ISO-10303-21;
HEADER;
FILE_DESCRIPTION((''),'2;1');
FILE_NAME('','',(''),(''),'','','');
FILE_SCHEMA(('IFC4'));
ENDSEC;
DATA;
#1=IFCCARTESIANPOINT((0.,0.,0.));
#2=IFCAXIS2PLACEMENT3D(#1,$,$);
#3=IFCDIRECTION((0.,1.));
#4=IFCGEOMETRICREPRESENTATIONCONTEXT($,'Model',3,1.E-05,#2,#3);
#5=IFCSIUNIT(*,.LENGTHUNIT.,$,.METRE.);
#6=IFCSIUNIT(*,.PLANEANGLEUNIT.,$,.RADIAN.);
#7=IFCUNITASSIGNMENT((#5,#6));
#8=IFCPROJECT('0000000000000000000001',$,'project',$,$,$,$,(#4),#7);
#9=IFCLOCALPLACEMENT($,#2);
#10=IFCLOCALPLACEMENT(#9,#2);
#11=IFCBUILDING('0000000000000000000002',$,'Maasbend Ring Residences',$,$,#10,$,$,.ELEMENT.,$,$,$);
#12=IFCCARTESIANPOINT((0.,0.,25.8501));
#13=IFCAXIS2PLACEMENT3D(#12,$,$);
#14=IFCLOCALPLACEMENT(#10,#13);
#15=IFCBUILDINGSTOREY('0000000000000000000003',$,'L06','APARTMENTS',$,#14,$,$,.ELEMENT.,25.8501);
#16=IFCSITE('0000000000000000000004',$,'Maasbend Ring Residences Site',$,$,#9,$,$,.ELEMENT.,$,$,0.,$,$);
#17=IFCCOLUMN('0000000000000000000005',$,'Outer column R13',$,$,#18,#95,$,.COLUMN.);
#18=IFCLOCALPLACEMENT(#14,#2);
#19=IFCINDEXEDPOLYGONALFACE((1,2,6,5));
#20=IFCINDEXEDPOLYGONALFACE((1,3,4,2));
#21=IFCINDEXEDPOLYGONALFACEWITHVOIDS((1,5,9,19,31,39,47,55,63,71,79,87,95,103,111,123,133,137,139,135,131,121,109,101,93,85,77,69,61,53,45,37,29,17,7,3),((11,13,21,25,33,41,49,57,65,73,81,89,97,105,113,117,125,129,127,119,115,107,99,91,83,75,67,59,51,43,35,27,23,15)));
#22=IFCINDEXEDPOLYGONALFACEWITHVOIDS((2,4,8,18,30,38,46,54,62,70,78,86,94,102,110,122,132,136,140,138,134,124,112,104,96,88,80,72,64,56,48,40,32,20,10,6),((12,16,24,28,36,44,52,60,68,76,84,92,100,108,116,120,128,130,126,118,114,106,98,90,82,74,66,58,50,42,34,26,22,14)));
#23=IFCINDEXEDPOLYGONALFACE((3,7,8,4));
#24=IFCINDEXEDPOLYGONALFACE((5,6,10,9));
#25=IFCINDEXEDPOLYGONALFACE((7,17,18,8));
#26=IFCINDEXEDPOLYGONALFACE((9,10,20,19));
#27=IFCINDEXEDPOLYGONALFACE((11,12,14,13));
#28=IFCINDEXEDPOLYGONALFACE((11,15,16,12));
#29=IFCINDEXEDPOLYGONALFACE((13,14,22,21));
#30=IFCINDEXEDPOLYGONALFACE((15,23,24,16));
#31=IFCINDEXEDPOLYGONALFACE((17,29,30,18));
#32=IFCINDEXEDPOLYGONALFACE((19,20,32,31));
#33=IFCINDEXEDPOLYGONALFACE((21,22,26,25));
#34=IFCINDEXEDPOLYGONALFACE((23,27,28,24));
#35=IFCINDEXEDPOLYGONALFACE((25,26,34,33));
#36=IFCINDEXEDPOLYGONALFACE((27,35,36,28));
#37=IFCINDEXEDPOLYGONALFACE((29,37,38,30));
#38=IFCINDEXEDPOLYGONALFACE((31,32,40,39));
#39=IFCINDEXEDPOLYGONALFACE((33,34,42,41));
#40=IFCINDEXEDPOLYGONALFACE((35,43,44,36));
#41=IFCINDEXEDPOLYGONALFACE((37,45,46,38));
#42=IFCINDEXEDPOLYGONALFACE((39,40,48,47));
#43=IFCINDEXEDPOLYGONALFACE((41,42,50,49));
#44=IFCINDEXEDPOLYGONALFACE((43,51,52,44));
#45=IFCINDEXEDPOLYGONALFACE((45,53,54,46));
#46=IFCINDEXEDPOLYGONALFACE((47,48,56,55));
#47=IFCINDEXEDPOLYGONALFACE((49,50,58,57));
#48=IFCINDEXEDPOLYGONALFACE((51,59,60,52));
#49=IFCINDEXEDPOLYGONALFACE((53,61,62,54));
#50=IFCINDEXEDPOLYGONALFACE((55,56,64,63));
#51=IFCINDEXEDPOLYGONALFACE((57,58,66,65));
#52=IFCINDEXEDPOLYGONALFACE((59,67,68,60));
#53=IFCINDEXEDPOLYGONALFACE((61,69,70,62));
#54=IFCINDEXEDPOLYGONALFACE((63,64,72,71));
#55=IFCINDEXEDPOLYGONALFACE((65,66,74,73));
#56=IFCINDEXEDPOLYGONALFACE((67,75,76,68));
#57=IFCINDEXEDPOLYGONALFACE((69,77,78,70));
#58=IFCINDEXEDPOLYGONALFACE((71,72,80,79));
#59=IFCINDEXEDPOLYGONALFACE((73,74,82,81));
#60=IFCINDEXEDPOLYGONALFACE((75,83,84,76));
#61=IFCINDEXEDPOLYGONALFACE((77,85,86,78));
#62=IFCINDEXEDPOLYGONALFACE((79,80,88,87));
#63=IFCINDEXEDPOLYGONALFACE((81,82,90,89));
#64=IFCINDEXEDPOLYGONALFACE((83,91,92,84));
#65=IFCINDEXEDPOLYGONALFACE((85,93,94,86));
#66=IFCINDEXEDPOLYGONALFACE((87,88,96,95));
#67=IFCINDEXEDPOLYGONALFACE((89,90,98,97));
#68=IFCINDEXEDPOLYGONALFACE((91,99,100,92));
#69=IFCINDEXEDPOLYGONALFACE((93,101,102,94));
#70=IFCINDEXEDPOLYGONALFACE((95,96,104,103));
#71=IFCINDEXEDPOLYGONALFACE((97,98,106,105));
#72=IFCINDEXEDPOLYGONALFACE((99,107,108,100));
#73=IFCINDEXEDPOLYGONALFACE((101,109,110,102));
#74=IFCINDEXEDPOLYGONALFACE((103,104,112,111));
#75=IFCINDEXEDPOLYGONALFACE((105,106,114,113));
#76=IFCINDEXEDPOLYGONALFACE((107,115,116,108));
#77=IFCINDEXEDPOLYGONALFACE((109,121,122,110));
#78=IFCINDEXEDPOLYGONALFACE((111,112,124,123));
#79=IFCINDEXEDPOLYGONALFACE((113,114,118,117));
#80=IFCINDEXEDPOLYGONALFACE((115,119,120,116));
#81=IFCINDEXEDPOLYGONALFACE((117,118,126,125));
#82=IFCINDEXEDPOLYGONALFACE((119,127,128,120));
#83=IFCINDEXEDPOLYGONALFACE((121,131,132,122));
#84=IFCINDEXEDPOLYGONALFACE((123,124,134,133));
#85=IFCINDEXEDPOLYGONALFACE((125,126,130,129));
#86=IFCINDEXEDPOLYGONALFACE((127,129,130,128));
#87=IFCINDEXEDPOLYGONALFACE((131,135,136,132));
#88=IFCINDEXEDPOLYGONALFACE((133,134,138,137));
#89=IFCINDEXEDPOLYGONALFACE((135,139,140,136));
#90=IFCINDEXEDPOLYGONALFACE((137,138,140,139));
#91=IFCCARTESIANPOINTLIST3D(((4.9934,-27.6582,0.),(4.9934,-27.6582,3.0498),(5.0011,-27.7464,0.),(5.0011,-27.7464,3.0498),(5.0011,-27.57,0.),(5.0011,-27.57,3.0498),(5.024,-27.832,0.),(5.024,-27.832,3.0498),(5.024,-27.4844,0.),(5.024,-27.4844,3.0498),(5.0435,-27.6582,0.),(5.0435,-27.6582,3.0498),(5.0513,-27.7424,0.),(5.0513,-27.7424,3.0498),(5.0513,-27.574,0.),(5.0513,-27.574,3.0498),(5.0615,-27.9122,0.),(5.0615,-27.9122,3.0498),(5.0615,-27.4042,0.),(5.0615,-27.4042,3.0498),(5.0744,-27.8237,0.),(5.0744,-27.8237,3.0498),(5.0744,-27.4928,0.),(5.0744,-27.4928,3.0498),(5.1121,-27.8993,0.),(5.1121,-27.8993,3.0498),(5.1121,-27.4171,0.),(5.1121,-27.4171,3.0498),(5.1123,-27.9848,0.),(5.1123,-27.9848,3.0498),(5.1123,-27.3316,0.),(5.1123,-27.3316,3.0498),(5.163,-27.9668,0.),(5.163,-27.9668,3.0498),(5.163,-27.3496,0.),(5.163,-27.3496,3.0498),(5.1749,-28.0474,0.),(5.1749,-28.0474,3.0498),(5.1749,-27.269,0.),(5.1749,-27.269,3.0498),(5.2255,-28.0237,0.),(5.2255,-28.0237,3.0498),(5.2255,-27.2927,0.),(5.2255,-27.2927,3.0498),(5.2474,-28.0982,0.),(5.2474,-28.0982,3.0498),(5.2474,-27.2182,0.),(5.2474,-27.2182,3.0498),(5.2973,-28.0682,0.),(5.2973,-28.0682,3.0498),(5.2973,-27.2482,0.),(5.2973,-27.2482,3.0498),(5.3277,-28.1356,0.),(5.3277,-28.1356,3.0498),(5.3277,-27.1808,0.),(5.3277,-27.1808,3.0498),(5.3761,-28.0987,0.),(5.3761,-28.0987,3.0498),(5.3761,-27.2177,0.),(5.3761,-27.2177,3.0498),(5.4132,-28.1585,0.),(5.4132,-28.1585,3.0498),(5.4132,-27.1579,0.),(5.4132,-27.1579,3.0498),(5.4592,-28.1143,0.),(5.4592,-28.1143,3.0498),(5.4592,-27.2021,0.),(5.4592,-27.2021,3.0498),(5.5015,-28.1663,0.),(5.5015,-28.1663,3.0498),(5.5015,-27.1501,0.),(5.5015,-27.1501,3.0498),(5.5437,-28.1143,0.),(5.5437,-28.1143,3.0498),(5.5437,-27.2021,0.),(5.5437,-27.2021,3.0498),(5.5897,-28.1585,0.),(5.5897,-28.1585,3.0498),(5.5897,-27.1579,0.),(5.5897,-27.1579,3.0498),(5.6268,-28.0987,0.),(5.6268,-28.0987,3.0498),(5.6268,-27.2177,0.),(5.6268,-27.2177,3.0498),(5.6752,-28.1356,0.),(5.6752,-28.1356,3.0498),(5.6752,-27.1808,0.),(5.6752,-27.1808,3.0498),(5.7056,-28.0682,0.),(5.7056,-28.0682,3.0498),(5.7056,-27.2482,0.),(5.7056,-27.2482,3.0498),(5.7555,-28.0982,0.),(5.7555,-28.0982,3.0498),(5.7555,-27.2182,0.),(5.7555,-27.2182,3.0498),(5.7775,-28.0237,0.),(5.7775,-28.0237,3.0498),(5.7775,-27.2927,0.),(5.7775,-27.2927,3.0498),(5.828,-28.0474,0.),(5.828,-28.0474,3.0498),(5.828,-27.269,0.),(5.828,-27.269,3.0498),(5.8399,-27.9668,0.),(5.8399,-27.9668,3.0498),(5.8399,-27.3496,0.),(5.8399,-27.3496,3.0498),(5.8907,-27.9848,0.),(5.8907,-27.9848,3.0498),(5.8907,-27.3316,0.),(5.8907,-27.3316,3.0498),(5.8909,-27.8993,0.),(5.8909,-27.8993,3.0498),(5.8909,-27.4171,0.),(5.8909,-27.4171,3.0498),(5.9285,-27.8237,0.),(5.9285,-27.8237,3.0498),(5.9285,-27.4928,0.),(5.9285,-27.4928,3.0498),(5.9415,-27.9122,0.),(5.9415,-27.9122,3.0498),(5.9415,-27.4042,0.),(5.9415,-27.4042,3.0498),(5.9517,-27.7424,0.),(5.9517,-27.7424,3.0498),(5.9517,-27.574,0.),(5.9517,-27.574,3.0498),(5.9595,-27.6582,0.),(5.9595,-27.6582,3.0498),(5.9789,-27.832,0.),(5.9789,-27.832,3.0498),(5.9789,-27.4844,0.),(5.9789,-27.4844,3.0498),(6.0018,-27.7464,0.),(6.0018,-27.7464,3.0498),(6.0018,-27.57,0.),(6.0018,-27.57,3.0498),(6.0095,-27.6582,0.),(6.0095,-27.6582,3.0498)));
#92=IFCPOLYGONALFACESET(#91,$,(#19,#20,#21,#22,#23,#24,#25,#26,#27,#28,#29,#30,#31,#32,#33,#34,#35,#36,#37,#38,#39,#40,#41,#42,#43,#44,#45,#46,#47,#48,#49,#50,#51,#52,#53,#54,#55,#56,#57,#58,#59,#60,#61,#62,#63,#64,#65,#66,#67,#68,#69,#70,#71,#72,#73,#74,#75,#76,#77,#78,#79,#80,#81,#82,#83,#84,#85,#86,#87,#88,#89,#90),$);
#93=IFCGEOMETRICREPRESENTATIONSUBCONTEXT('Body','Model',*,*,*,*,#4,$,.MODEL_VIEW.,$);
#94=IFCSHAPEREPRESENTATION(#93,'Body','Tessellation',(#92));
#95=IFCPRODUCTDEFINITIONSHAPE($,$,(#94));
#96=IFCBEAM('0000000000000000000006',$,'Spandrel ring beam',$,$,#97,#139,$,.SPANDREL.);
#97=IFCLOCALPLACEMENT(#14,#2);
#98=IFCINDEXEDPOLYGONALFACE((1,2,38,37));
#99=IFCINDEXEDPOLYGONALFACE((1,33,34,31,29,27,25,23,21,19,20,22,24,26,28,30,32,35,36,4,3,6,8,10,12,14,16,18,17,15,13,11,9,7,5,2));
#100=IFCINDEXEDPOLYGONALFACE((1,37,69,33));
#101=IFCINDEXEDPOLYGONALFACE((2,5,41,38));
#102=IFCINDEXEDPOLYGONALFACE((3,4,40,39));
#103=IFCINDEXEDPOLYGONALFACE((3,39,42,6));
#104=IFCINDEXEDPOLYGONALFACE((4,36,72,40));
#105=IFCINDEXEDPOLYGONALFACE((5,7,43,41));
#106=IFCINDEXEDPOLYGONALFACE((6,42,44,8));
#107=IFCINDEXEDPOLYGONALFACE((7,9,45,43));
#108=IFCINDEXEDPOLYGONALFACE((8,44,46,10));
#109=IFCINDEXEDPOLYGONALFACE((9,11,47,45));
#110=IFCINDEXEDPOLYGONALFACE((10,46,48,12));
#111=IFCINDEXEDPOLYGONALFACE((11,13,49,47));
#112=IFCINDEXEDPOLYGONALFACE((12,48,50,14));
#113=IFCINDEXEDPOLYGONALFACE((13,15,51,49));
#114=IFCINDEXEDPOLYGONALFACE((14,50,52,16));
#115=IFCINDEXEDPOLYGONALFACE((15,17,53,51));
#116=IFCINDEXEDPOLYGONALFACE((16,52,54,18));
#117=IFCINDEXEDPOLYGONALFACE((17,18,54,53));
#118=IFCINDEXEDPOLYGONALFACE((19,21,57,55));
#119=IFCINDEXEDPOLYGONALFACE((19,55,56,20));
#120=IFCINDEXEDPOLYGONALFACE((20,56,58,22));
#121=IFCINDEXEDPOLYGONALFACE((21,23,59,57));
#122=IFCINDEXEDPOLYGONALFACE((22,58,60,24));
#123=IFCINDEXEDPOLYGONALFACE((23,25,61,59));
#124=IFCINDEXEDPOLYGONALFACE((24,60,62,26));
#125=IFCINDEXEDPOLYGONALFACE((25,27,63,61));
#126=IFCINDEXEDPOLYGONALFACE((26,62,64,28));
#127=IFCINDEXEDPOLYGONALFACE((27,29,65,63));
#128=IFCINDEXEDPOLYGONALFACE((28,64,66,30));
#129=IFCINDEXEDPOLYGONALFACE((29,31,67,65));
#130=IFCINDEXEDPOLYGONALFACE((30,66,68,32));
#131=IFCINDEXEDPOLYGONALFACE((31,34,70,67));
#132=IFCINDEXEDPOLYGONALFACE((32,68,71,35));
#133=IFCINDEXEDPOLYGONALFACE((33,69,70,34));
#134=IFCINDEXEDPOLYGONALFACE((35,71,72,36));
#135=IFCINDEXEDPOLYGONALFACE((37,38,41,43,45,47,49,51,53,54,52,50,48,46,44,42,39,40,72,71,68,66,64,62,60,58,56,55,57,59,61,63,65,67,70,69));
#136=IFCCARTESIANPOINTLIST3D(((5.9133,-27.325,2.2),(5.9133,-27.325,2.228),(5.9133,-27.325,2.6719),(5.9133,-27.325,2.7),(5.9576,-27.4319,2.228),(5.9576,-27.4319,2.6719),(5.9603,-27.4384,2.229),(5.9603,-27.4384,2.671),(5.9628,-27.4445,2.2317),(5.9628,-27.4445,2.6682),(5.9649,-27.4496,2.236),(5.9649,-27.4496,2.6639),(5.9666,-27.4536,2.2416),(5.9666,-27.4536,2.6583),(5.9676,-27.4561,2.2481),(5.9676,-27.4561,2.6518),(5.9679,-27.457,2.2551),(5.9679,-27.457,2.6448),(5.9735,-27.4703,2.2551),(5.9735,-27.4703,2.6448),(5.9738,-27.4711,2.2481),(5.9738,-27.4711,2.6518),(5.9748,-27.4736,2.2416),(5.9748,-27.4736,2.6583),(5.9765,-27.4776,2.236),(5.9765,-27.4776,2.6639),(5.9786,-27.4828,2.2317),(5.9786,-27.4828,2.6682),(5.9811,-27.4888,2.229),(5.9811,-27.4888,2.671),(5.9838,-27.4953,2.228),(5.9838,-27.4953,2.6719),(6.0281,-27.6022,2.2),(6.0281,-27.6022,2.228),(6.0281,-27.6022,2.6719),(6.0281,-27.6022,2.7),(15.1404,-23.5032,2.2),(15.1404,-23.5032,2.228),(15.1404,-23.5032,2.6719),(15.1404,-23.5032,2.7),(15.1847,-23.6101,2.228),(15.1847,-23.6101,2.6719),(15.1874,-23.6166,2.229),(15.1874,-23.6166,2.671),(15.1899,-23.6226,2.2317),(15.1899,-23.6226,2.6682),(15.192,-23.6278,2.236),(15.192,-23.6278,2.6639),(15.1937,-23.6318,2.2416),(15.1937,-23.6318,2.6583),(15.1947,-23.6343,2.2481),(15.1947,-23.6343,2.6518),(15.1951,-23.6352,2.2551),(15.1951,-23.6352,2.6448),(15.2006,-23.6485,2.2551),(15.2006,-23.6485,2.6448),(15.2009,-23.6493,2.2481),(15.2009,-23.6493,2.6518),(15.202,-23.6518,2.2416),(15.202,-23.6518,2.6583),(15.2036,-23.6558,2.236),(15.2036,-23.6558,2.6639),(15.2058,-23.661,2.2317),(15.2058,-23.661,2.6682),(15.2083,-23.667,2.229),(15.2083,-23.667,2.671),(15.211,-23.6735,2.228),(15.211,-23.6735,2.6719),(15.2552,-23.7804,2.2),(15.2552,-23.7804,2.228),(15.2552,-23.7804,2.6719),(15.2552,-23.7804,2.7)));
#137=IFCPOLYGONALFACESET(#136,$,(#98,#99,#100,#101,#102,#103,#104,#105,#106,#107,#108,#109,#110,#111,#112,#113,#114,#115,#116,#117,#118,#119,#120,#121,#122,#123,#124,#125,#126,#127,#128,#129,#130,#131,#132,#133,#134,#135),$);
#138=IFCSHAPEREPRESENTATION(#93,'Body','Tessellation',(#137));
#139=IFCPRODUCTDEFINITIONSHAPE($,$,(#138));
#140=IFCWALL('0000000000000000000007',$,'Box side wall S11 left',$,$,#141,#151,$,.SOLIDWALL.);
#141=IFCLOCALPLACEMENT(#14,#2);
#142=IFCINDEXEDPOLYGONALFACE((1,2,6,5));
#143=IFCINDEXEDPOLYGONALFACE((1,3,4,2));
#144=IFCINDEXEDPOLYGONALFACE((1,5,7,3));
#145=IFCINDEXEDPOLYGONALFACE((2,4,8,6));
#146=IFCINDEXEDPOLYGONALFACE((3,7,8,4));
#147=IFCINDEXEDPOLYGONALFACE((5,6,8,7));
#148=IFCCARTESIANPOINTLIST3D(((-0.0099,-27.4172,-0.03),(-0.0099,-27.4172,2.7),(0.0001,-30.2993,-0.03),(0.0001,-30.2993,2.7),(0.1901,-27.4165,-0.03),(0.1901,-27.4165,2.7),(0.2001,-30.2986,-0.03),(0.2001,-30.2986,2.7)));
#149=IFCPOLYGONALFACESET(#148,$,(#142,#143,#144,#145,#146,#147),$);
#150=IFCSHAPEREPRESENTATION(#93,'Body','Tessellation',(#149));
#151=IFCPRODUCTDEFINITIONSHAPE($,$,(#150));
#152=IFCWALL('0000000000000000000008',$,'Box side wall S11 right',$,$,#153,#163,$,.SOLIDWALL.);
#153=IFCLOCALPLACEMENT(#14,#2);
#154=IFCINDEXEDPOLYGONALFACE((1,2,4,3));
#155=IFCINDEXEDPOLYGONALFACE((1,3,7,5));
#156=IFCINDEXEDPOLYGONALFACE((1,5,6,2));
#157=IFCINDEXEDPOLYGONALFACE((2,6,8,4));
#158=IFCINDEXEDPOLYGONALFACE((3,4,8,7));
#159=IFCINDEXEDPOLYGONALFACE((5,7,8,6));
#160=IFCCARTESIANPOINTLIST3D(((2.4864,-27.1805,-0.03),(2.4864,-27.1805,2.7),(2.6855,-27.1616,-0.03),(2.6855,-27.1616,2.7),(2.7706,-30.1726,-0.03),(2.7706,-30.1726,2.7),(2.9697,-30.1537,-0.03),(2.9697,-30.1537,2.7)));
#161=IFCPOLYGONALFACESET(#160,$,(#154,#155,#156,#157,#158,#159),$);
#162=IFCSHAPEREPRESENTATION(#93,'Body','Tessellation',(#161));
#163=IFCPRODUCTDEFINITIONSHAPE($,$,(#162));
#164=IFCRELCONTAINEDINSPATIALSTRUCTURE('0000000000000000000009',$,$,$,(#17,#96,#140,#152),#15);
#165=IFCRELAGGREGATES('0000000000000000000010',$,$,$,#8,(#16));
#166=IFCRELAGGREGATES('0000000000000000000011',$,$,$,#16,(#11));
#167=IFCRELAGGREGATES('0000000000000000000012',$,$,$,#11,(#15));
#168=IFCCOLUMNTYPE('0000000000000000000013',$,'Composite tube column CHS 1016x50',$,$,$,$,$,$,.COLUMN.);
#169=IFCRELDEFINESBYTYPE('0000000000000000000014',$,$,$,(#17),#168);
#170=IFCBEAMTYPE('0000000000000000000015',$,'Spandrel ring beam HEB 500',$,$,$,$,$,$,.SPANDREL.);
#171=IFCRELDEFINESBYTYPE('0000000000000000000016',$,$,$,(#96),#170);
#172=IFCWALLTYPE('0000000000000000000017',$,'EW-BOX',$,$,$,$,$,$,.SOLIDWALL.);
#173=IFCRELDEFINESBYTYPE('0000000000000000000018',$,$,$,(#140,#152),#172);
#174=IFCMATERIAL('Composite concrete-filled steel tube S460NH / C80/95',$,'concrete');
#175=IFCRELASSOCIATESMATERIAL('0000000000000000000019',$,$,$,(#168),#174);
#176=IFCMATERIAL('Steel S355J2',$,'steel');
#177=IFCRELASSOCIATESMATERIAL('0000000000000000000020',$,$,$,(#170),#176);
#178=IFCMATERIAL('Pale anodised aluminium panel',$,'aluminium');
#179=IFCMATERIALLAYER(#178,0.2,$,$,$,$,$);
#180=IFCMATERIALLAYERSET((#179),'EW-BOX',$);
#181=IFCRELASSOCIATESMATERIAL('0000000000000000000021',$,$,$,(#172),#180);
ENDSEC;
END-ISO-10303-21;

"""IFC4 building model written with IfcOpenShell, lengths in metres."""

from ifc_helpers import new_model, si_unit, direction, frame, frame_2d, origin, origin_2d, place, context, subcontext, project, spatial, rectangle, hollow_circle, i_section, extrude, material, layer, layer_set, material_profile, profile_set, type_object, element, save


model = new_model("IFC4")

# Units and contexts
model_context = context("Model", 3, precision=1e-05, world=origin(), true_north=direction((0.0, 1.0)))
body_context = subcontext(model_context, "Body", "Model", "MODEL_VIEW")
ifc_project = project(units=[si_unit("LENGTHUNIT", "METRE"), si_unit("PLANEANGLEUNIT", "RADIAN")], contexts=[model_context])

# Site, building, storey
site_placement = place(None, origin())
site = spatial("IfcSite", under=ifc_project, at=site_placement, Name="Maasbend Ring Residences Site", CompositionType="ELEMENT", RefElevation=0.0)
building_placement = place(site_placement, origin())
building = spatial("IfcBuilding", under=site, at=building_placement, Name="Maasbend Ring Residences", CompositionType="ELEMENT")
storey_placement = place(building_placement, frame((0.0, 0.0, 25.8501)))
storey = spatial("IfcBuildingStorey", under=building, at=storey_placement, Name="L06", Description="APARTMENTS", CompositionType="ELEMENT", Elevation=25.8501)

# Column
ifc_material_1 = material(Name="Composite concrete-filled steel tube S460NH / C80/95", Category="concrete")
ifc_material_profile_1 = material_profile(ifc_material_1, hollow_circle(Radius=0.5081, WallThickness=0.05, at=origin_2d()), Name="Composite tube column CHS 1016x50")
ifc_profile_set_1 = profile_set([ifc_material_profile_1], Name="Composite concrete-filled steel tube S460NH / C80/95")
column_type = type_object("IfcColumnType", Name="Composite tube column CHS 1016x50", PredefinedType="COLUMN", material=ifc_profile_set_1)
column_placement = place(storey_placement, frame((5.5015, -27.6582, 0.0), z_axis=(0.0, 0.0, 1.0), x_axis=(1.0, 0.0, 0.0)))
element("IfcColumn", 1, at=column_placement, inside=storey, type_object=column_type, Name="Outer column R13", PredefinedType="COLUMN", context=body_context, shape_type="SweptSolid", body=[
    extrude(hollow_circle(Radius=0.5081, WallThickness=0.05, at=origin_2d()), origin(), (0.0, 0.0, 1.0), 3.0498),
])

# Beam
ifc_material_2 = material(Name="Steel S355J2", Category="steel")
ifc_material_profile_2 = material_profile(ifc_material_2, i_section(OverallWidth=0.3, OverallDepth=0.5, WebThickness=0.0144, FlangeThickness=0.0281, FilletRadius=0.0271, at=origin_2d()), Name="HEB 500")
ifc_profile_set_2 = profile_set([ifc_material_profile_2], Name="Steel S355J2")
beam_type = type_object("IfcBeamType", Name="Spandrel ring beam HEB 500", PredefinedType="SPANDREL", material=ifc_profile_set_2)
beam_placement = place(storey_placement, frame((5.9707, -27.4636, 2.45), z_axis=(0.923886, 0.382667, 0.0), x_axis=(-0.382667, 0.923886, 0.0)))
element("IfcBeam", 2, at=beam_placement, inside=storey, type_object=beam_type, Name="Spandrel ring beam", PredefinedType="SPANDREL", context=body_context, shape_type="SweptSolid", body=[
    extrude(i_section(OverallWidth=0.3, OverallDepth=0.5, WebThickness=0.0144, FlangeThickness=0.0281, FilletRadius=0.0271, at=origin_2d()), origin(), (0.0, 0.0, 1.0), 9.9873),
])

# Walls
ifc_material_3 = material(Name="Pale anodised aluminium panel", Category="aluminium")
ifc_layer_1 = layer(ifc_material_3, 0.2)
ifc_layer_set_1 = layer_set([ifc_layer_1], Name="EW-BOX")
wall_type_1 = type_object("IfcWallType", Name="EW-BOX", PredefinedType="SOLIDWALL", material=ifc_layer_set_1)
wall_1_placement = place(storey_placement, frame((0.0901, -27.417, -0.03), z_axis=(0.0, 0.0, 1.0), x_axis=(0.003473, -0.999994, 0.0)))
element("IfcWall", 3, at=wall_1_placement, inside=storey, type_object=wall_type_1, Name="Box side wall S11 left", PredefinedType="SOLIDWALL", context=body_context, shape_type="SweptSolid", body=[
    extrude(rectangle(XDim=2.8821, YDim=0.2, at=frame_2d((1.4409, 0.0))), origin(), (0.0, 0.0, 1.0), 2.73),
])
wall_2_placement = place(storey_placement, frame((2.5859, -27.1709, -0.03), z_axis=(0.0, 0.0, 1.0), x_axis=(0.094548, -0.99552, 0.0)))
element("IfcWall", 4, at=wall_2_placement, inside=storey, type_object=wall_type_1, Name="Box side wall S11 right", PredefinedType="SOLIDWALL", context=body_context, shape_type="SweptSolid", body=[
    extrude(rectangle(XDim=3.0056, YDim=0.2, at=frame_2d((1.5029, 0.0))), origin(), (0.0, 0.0, 1.0), 2.73),
])

save(model, "model.ifc")
